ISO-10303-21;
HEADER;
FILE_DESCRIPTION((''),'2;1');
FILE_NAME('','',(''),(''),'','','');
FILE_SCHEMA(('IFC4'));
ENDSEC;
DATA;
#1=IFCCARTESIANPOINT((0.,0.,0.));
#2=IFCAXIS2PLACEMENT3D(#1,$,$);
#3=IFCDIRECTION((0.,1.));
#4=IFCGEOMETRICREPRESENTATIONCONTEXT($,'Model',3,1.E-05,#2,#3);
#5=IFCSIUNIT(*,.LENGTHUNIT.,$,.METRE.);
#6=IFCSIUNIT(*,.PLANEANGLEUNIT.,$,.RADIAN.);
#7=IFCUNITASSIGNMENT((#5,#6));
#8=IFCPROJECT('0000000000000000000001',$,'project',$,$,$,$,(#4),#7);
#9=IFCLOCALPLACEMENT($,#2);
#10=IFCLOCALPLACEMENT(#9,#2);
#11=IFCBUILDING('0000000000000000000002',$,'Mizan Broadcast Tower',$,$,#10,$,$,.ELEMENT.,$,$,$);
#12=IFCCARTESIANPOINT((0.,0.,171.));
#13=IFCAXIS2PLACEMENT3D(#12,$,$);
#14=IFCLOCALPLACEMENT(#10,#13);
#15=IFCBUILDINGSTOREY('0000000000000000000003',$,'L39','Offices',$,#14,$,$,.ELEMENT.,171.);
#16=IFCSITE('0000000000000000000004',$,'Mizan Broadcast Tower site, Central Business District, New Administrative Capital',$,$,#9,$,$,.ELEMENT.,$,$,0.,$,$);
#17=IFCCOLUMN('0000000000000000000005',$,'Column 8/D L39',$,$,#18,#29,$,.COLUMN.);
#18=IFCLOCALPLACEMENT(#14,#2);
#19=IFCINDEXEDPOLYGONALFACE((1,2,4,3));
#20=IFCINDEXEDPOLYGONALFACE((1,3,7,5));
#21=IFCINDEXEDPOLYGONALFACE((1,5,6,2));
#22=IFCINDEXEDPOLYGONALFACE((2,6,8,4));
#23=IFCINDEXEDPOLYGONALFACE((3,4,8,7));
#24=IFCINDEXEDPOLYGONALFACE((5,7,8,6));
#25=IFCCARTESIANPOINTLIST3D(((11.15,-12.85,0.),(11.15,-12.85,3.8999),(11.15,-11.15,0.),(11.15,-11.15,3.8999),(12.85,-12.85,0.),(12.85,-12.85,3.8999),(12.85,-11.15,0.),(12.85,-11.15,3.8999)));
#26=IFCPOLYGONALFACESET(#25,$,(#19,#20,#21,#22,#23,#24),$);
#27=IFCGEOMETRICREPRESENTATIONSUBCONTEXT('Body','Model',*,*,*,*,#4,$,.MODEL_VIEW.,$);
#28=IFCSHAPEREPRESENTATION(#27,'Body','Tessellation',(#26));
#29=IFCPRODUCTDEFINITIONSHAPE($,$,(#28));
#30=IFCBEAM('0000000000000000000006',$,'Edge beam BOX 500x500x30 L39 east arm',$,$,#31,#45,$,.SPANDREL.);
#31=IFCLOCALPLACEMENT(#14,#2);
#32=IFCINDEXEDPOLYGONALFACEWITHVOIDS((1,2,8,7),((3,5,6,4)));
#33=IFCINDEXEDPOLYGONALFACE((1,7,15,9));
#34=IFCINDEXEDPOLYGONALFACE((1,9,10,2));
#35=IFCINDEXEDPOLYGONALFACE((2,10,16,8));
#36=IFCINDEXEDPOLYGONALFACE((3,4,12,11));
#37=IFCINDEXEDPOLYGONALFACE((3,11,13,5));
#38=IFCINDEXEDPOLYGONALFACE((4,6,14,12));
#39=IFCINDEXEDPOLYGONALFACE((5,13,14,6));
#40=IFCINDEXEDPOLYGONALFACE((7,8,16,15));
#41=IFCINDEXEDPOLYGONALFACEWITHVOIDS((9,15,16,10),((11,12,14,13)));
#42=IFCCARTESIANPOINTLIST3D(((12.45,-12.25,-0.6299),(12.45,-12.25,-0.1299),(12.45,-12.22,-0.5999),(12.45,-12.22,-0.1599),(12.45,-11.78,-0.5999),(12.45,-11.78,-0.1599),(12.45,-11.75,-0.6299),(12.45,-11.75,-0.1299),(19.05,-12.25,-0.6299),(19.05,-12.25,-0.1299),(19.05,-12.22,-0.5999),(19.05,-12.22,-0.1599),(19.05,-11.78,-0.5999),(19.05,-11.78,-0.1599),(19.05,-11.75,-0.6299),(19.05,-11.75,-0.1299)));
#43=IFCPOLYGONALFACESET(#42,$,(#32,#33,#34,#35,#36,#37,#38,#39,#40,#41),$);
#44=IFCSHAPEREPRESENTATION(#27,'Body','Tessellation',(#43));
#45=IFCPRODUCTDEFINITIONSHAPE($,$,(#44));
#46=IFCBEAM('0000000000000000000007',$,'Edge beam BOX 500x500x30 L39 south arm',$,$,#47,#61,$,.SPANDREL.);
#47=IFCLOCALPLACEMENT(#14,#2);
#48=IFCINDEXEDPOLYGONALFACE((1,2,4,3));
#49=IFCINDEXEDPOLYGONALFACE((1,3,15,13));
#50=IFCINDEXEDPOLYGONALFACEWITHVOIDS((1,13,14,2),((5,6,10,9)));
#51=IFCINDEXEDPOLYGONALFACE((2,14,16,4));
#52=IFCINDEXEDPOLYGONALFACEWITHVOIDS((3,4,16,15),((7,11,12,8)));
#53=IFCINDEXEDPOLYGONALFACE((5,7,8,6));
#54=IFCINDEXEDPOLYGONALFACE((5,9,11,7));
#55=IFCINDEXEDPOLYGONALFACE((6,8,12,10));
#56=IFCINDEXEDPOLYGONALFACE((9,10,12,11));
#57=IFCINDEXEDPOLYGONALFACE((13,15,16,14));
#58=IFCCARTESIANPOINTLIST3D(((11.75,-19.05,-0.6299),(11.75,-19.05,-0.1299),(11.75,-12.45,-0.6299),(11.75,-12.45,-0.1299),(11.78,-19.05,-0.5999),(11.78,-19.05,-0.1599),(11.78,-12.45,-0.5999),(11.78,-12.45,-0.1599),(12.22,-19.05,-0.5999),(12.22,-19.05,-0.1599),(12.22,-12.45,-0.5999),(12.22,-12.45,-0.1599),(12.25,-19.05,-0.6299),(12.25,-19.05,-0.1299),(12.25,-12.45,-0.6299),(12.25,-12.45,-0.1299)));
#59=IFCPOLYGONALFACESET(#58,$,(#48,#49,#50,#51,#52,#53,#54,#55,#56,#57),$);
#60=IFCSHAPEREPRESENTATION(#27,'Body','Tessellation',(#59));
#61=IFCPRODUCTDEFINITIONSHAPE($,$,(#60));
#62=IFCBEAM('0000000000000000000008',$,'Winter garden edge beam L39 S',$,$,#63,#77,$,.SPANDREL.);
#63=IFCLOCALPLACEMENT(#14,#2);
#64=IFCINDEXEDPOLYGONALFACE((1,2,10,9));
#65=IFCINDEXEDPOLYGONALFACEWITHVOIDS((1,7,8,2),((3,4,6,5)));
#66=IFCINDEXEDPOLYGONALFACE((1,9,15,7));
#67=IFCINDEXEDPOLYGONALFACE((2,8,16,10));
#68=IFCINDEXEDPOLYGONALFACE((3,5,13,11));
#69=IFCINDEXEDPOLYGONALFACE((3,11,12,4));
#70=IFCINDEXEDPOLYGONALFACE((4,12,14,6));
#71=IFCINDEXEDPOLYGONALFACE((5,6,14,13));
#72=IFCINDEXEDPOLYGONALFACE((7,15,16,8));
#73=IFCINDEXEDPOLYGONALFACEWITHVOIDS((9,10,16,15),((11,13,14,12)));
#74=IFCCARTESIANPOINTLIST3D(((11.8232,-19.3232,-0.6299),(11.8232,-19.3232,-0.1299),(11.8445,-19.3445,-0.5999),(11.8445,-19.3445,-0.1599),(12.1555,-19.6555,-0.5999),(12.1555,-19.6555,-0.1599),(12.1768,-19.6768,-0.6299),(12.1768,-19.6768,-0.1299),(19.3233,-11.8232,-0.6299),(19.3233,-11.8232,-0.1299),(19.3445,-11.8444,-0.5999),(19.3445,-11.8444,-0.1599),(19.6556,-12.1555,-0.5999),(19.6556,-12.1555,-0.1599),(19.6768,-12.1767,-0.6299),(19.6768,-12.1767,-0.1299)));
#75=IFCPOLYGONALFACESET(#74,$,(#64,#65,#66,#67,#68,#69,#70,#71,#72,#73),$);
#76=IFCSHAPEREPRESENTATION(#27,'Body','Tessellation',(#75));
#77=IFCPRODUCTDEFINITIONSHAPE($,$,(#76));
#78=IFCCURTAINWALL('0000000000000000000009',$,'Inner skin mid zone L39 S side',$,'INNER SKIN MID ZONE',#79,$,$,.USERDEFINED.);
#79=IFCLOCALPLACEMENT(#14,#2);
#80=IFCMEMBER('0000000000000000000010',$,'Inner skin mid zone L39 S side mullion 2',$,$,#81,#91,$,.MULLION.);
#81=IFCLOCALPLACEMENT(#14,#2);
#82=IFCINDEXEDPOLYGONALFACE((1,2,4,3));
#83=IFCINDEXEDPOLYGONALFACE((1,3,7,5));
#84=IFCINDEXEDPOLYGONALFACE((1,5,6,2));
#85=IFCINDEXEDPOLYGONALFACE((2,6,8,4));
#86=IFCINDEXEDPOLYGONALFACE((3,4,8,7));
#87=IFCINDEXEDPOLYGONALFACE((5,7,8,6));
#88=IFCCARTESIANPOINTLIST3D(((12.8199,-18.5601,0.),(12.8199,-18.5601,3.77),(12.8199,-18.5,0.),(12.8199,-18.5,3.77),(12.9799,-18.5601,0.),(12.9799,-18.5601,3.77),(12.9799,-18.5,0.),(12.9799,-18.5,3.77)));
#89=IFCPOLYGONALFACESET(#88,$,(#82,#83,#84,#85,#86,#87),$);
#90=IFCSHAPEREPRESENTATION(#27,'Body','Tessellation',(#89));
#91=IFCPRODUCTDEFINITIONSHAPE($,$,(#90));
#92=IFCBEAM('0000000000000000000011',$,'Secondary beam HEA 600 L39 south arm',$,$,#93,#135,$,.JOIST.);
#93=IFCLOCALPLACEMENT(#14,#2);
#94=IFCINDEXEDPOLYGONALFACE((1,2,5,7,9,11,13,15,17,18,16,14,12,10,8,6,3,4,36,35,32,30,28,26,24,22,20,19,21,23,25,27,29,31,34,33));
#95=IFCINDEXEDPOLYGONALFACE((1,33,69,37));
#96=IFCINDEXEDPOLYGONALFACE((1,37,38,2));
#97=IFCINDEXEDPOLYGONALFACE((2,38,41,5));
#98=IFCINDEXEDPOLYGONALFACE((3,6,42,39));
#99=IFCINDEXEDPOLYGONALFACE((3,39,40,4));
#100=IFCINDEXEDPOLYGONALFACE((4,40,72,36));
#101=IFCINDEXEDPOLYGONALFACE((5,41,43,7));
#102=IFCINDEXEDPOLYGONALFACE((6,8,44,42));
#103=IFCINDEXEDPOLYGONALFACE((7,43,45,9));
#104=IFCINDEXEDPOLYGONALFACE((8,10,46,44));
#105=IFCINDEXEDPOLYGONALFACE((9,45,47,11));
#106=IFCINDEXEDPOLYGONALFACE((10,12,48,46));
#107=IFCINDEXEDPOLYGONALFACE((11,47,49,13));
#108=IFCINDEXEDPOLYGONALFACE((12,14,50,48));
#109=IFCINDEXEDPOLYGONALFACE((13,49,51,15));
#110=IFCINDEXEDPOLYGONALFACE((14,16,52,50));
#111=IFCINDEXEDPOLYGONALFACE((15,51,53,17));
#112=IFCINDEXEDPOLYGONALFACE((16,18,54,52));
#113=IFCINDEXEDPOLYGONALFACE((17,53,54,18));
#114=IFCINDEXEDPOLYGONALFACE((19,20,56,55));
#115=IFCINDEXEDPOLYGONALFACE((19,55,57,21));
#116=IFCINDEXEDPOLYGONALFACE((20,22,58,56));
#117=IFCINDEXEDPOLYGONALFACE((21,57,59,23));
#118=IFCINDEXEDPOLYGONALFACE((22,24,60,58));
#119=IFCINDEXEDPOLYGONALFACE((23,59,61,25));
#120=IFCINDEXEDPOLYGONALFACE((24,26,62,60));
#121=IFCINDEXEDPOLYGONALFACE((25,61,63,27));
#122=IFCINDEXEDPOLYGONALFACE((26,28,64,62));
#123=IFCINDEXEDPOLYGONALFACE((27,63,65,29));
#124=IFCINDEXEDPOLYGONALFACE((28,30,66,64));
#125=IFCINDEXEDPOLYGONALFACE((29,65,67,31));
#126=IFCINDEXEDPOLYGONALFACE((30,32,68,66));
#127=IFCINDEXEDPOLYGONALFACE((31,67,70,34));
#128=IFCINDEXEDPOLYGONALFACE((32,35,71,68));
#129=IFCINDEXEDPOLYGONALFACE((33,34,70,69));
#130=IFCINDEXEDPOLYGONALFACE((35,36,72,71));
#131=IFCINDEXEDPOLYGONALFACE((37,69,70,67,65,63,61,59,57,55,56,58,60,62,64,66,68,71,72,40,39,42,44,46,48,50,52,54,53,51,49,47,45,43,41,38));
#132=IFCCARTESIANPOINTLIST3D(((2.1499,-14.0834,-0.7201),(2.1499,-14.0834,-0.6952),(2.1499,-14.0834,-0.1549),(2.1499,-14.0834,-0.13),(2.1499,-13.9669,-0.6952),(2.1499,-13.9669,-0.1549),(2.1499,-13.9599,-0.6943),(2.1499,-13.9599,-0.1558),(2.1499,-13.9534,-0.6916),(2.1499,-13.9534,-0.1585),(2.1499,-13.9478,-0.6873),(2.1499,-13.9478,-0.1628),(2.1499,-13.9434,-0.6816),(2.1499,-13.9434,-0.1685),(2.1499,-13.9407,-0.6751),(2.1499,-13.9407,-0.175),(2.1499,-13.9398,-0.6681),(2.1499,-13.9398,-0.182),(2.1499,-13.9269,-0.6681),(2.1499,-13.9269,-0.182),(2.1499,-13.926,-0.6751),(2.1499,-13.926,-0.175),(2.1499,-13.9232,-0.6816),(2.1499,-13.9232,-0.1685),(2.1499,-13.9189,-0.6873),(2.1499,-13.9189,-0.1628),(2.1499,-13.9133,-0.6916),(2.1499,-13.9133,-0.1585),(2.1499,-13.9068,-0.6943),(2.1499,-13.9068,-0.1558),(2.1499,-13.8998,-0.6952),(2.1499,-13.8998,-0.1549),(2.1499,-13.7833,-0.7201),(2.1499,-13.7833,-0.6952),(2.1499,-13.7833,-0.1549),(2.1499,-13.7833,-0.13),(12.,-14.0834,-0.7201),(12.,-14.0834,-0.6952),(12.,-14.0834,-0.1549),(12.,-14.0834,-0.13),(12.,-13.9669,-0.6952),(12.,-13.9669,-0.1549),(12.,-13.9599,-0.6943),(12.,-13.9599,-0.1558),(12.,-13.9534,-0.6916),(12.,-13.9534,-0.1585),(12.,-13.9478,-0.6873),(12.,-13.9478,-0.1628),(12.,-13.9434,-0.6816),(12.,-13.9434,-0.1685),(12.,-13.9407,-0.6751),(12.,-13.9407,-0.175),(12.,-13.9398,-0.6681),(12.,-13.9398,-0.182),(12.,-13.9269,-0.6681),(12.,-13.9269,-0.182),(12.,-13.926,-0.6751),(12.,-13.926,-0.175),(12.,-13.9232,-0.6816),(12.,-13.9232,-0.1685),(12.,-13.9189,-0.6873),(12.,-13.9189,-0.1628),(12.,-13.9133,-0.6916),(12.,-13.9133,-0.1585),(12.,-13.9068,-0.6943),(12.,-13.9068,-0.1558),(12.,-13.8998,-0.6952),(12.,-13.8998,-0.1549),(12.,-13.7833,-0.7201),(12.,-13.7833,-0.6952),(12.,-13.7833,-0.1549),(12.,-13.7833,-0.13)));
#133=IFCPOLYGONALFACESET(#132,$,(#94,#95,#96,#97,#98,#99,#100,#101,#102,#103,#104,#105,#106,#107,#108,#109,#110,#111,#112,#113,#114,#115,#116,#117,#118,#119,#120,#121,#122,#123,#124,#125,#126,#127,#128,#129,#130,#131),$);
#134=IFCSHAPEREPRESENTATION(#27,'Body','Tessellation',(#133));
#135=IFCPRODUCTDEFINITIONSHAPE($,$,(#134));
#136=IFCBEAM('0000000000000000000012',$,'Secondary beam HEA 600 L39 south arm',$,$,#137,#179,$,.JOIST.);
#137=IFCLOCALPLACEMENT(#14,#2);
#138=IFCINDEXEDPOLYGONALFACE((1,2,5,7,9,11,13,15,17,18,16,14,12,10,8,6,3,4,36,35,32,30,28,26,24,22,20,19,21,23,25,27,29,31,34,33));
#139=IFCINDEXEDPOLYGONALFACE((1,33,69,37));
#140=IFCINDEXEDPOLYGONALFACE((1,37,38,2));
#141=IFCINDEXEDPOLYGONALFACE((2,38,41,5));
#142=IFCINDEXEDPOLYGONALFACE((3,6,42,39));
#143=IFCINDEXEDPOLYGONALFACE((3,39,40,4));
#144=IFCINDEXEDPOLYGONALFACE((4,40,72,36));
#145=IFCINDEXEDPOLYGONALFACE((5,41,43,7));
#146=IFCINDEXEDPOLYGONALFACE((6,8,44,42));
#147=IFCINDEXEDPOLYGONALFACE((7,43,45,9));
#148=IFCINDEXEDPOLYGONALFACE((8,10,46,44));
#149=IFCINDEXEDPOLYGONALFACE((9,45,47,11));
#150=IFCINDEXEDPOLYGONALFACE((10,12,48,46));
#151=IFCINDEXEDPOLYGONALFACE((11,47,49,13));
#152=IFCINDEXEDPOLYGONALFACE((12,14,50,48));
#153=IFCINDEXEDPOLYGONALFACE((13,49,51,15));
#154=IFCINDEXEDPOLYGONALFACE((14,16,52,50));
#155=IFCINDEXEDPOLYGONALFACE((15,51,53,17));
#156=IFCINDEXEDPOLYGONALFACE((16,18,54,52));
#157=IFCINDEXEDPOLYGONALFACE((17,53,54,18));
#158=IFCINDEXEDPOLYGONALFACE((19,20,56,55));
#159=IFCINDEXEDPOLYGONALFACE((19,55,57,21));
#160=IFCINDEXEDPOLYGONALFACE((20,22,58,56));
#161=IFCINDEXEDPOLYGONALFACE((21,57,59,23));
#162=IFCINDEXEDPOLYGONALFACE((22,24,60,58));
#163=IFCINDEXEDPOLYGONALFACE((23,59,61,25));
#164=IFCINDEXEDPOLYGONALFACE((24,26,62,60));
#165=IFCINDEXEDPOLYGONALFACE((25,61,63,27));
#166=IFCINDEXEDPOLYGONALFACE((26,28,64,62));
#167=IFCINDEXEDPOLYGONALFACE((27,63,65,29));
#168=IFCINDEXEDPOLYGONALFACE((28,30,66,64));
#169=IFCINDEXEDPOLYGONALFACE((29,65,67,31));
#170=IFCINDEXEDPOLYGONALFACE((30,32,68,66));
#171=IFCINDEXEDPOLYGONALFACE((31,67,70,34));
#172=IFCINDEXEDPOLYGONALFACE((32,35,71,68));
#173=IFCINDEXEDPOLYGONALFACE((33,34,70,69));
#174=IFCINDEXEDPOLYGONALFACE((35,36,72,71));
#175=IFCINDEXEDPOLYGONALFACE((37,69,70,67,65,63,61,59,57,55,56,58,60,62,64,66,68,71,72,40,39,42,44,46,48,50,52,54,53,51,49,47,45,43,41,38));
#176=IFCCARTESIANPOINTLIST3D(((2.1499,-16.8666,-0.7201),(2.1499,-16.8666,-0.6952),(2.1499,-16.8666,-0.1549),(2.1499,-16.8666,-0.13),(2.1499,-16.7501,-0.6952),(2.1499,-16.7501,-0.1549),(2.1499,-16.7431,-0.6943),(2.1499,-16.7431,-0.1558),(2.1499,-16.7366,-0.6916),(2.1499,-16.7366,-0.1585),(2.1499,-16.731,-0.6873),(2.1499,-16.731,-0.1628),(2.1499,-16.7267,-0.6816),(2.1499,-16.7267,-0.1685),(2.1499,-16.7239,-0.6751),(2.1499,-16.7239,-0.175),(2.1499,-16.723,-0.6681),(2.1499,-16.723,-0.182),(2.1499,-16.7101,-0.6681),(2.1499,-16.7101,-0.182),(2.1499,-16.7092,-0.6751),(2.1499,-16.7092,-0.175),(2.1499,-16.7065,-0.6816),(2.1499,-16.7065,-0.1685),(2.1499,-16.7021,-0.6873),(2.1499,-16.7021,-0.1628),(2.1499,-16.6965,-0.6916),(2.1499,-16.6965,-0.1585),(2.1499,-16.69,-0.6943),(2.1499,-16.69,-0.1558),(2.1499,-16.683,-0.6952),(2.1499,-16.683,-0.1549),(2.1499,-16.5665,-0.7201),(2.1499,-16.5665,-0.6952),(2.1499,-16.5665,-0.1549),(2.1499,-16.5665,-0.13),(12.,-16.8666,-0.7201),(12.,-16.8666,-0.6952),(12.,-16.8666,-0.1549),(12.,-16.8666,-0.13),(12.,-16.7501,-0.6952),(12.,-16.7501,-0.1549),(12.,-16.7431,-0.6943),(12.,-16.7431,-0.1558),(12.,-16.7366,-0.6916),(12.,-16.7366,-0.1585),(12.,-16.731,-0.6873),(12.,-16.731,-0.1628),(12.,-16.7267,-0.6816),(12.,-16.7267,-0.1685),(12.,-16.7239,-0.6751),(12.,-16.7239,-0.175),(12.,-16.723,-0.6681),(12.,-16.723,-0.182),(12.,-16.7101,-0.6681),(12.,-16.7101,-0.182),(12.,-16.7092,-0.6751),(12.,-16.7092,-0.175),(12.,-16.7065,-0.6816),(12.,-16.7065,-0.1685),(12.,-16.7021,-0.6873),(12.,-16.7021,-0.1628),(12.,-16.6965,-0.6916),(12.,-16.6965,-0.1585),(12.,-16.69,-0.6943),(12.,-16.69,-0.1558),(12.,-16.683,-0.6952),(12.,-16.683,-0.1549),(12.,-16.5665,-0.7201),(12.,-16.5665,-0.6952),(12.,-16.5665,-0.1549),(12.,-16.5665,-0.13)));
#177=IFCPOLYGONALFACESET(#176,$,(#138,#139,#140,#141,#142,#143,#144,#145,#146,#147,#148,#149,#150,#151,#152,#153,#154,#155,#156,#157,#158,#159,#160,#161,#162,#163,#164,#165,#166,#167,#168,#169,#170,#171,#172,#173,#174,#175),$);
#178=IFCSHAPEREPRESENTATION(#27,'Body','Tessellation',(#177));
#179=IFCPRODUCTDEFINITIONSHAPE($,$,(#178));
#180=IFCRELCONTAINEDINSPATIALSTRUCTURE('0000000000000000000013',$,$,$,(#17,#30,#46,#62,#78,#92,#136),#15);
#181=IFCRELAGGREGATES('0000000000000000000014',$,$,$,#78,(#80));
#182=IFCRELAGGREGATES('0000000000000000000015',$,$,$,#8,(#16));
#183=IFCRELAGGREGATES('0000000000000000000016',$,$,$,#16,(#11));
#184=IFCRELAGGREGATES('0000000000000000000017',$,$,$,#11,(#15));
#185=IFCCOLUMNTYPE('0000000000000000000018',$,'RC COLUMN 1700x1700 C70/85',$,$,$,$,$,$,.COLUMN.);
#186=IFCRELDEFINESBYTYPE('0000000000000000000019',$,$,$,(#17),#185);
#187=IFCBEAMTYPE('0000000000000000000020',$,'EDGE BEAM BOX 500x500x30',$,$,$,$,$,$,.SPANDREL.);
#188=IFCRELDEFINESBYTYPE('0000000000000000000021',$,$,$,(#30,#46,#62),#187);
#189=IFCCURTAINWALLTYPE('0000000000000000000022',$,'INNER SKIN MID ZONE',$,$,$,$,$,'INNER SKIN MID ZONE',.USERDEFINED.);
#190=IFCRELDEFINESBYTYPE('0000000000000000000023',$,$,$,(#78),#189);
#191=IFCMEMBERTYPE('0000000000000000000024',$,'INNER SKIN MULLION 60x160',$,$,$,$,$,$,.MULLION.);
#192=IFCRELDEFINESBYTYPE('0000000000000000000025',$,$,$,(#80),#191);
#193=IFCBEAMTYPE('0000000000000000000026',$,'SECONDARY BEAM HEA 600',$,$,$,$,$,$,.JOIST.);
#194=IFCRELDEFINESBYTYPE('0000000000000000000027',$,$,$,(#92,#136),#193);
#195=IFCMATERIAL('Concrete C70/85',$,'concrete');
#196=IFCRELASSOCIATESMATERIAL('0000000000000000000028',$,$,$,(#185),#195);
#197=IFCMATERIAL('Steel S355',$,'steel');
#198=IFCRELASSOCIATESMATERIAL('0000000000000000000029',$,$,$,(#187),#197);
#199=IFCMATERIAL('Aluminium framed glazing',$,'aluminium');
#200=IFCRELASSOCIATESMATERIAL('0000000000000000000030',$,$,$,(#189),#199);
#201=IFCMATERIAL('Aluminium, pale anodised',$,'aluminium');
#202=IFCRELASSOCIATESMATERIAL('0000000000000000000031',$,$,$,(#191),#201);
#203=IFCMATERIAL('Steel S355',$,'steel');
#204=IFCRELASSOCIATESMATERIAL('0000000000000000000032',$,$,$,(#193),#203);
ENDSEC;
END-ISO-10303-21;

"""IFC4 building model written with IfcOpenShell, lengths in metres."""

from ifc_helpers import new_model, si_unit, direction, frame, origin, origin_2d, place, context, subcontext, project, spatial, rectangle, hollow_rectangle, i_section, extrude, material, material_profile, profile_set, type_object, element, aggregate, save


model = new_model("IFC4")

# Units and contexts
model_context = context("Model", 3, precision=1e-05, world=origin(), true_north=direction((0.0, 1.0)))
body_context = subcontext(model_context, "Body", "Model", "MODEL_VIEW")
ifc_project = project(units=[si_unit("LENGTHUNIT", "METRE"), si_unit("PLANEANGLEUNIT", "RADIAN")], contexts=[model_context])

# Site, building, storey
site_placement = place(None, origin())
site = spatial("IfcSite", under=ifc_project, at=site_placement, Name="Mizan Broadcast Tower site, Central Business District, New Administrative Capital", CompositionType="ELEMENT", RefElevation=0.0)
building_placement = place(site_placement, origin())
building = spatial("IfcBuilding", under=site, at=building_placement, Name="Mizan Broadcast Tower", CompositionType="ELEMENT")
storey_placement = place(building_placement, frame((0.0, 0.0, 171.0)))
storey = spatial("IfcBuildingStorey", under=building, at=storey_placement, Name="L39", Description="Offices", CompositionType="ELEMENT", Elevation=171.0)

# Column
ifc_material_1 = material(Name="Concrete C70/85", Category="concrete")
ifc_material_profile_1 = material_profile(ifc_material_1, rectangle(XDim=1.7, YDim=1.7, at=origin_2d()), Name="RC 1700x1700")
ifc_profile_set_1 = profile_set([ifc_material_profile_1], Name="Concrete C70/85")
column_type = type_object("IfcColumnType", Name="RC COLUMN 1700x1700 C70/85", PredefinedType="COLUMN", material=ifc_profile_set_1)
column_placement = place(storey_placement, frame((12.0, -12.0, 0.0), z_axis=(0.0, 0.0, 1.0), x_axis=(1.0, 0.0, 0.0)))
element("IfcColumn", 1, at=column_placement, inside=storey, type_object=column_type, Name="Column 8/D L39", PredefinedType="COLUMN", context=body_context, shape_type="SweptSolid", body=[
    extrude(rectangle(XDim=1.7, YDim=1.7, at=origin_2d()), origin(), (0.0, 0.0, 1.0), 3.8999),
])

# Beams
ifc_material_2 = material(Name="Steel S355", Category="steel")
ifc_material_profile_2 = material_profile(ifc_material_2, hollow_rectangle(XDim=0.5, YDim=0.5, WallThickness=0.03, at=origin_2d()), Name="BOX 500x500x30")
ifc_profile_set_2 = profile_set([ifc_material_profile_2], Name="Steel S355")
beam_type_1 = type_object("IfcBeamType", Name="EDGE BEAM BOX 500x500x30", PredefinedType="SPANDREL", material=ifc_profile_set_2)
for number, where, z_axis, x_axis, name in (
    (2, (12.45, -12.0, -0.3799), (1.0, 0.0, 0.0), (0.0, 1.0, 0.0), "Edge beam BOX 500x500x30 L39 east arm"),
    (3, (12.0, -12.45, -0.3799), (0.0, -1.0, 0.0), (1.0, 0.0, 0.0), "Edge beam BOX 500x500x30 L39 south arm"),
):
    element("IfcBeam", number, at=place(storey_placement, frame(where, z_axis=z_axis, x_axis=x_axis)), inside=storey, type_object=beam_type_1, Name=name, PredefinedType="SPANDREL", context=body_context, shape_type="SweptSolid", body=[
        extrude(hollow_rectangle(XDim=0.5, YDim=0.5, WallThickness=0.03, at=origin_2d()), origin(), (0.0, 0.0, 1.0), 6.6001),
    ])
beam_1_placement = place(storey_placement, frame((12.0, -19.5, -0.3799), z_axis=(0.707107, 0.707107, 0.0), x_axis=(-0.707107, 0.707107, 0.0)))
element("IfcBeam", 4, at=beam_1_placement, inside=storey, type_object=beam_type_1, Name="Winter garden edge beam L39 S", PredefinedType="SPANDREL", context=body_context, shape_type="SweptSolid", body=[
    extrude(hollow_rectangle(XDim=0.5, YDim=0.5, WallThickness=0.03, at=origin_2d()), origin(), (0.0, 0.0, 1.0), 10.6067),
])

# Curtain wall, member
ifc_material_3 = material(Name="Aluminium framed glazing", Category="aluminium")
curtain_wall_type = type_object("IfcCurtainWallType", Name="INNER SKIN MID ZONE", ElementType="INNER SKIN MID ZONE", PredefinedType="USERDEFINED", material=ifc_material_3)
curtain_wall_placement = place(storey_placement, origin())
curtain_wall = element("IfcCurtainWall", 5, at=curtain_wall_placement, inside=storey, type_object=curtain_wall_type, Name="Inner skin mid zone L39 S side", ObjectType="INNER SKIN MID ZONE", PredefinedType="USERDEFINED")
ifc_material_4 = material(Name="Aluminium, pale anodised", Category="aluminium")
ifc_material_profile_3 = material_profile(ifc_material_4, rectangle(XDim=0.1599, YDim=0.0601, at=origin_2d()), Name="MULLION 160x60")
ifc_profile_set_3 = profile_set([ifc_material_profile_3], Name="Aluminium, pale anodised")
member_type = type_object("IfcMemberType", Name="INNER SKIN MULLION 60x160", PredefinedType="MULLION", material=ifc_profile_set_3)
member_placement = place(storey_placement, frame((12.8999, -18.53, 0.0), z_axis=(0.0, 0.0, 1.0), x_axis=(-1.0, 0.0, 0.0)))
member = element("IfcMember", 6, at=member_placement, type_object=member_type, Name="Inner skin mid zone L39 S side mullion 2", PredefinedType="MULLION", context=body_context, shape_type="SweptSolid", body=[
    extrude(rectangle(XDim=0.1599, YDim=0.0601, at=origin_2d()), origin(), (0.0, 0.0, 1.0), 3.77),
])
aggregate(curtain_wall, [member])

# Beams
ifc_material_5 = material(Name="Steel S355", Category="steel")
ifc_material_profile_4 = material_profile(ifc_material_5, i_section(OverallWidth=0.3, OverallDepth=0.5901, WebThickness=0.0129, FlangeThickness=0.0249, FilletRadius=0.0271, at=origin_2d()), Name="HEA 600")
ifc_profile_set_4 = profile_set([ifc_material_profile_4], Name="Steel S355")
beam_type_2 = type_object("IfcBeamType", Name="SECONDARY BEAM HEA 600", PredefinedType="JOIST", material=ifc_profile_set_4)
for number, where, z_axis, x_axis, name in (
    (7, (12.0, -13.9333, -0.425), (-1.0, 0.0, 0.0), (0.0, -1.0, 0.0), "Secondary beam HEA 600 L39 south arm"),
    (8, (12.0, -16.7166, -0.425), (-1.0, 0.0, 0.0), (0.0, -1.0, 0.0), "Secondary beam HEA 600 L39 south arm"),
):
    element("IfcBeam", number, at=place(storey_placement, frame(where, z_axis=z_axis, x_axis=x_axis)), inside=storey, type_object=beam_type_2, Name=name, PredefinedType="JOIST", context=body_context, shape_type="SweptSolid", body=[
        extrude(i_section(OverallWidth=0.3, OverallDepth=0.5901, WebThickness=0.0129, FlangeThickness=0.0249, FilletRadius=0.0271, at=origin_2d()), origin(), (0.0, 0.0, 1.0), 9.8501),
    ])

save(model, "model.ifc")
